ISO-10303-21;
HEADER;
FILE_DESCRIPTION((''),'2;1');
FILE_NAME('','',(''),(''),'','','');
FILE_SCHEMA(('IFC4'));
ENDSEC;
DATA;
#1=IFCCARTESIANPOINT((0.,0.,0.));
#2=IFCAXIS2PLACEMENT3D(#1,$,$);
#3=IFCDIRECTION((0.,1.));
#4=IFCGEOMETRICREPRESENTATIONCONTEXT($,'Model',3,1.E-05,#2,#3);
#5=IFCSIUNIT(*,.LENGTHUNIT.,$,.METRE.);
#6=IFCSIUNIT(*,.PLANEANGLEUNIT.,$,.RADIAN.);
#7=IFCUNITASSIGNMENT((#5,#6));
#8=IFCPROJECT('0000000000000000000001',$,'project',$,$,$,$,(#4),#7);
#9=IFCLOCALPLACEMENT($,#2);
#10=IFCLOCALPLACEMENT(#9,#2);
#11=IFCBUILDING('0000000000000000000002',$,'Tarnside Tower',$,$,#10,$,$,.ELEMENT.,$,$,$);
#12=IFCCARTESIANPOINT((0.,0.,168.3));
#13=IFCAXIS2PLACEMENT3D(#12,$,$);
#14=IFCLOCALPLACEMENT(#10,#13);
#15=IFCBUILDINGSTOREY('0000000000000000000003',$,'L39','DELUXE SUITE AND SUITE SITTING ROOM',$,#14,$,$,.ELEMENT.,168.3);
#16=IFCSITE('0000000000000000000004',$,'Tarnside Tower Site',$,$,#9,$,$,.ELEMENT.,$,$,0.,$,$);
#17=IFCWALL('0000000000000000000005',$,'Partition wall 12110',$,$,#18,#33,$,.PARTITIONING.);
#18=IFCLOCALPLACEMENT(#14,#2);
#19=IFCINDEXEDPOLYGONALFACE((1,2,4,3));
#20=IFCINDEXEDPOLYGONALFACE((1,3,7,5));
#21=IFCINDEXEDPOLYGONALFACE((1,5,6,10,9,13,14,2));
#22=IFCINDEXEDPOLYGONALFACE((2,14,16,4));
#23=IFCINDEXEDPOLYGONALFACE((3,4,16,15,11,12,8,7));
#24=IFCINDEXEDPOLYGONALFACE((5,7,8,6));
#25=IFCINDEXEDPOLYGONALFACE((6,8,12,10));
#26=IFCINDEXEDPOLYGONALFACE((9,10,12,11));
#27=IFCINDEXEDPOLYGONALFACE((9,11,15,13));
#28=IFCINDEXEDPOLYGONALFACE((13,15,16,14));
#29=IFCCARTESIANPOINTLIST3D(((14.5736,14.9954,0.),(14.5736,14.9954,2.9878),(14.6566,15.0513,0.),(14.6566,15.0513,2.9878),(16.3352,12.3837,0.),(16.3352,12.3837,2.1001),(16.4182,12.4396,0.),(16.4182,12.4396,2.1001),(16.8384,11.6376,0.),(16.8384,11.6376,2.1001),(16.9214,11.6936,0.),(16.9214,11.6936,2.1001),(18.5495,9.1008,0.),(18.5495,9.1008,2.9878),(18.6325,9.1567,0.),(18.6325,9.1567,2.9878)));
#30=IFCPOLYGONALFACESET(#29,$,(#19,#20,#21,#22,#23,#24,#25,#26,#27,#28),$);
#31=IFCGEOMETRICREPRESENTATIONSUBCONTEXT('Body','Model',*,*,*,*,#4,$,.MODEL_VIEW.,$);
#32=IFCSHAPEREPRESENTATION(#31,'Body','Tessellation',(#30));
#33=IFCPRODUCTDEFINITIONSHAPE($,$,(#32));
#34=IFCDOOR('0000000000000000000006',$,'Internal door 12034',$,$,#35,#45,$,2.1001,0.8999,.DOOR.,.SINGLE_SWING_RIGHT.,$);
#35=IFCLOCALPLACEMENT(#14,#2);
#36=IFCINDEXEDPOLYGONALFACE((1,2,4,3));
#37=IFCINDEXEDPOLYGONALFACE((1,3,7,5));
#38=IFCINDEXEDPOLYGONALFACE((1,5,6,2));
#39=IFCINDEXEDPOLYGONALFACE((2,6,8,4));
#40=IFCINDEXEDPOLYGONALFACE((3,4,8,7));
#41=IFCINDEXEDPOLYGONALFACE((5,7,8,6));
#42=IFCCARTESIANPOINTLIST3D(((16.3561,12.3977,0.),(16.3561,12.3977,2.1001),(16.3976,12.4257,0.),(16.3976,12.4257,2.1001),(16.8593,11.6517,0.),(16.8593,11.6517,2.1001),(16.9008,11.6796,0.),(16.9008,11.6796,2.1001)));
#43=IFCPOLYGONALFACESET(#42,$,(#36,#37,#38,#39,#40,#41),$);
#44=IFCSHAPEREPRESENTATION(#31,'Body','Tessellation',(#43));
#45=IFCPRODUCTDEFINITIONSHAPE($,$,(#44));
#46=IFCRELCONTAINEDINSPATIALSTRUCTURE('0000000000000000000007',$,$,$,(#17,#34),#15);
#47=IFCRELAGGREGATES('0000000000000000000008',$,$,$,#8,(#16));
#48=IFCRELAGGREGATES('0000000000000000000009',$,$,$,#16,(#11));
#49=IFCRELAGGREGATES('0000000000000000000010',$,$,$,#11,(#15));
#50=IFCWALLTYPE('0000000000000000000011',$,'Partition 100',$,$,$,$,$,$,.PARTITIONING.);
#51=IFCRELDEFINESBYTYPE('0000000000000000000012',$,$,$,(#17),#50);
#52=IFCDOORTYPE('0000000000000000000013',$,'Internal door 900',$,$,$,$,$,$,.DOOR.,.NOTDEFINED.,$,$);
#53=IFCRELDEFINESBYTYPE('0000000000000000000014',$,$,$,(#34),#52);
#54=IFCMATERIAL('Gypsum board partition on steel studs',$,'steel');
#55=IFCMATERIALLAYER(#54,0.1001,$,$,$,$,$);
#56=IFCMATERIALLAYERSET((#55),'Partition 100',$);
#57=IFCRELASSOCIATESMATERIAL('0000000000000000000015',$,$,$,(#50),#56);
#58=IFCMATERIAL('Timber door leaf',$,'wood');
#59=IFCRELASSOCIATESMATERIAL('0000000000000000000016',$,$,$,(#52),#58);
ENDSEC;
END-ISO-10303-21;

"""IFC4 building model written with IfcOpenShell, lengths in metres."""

from ifc_helpers import new_model, si_unit, direction, frame, frame_2d, origin, place, context, subcontext, project, spatial, rectangle, extrude, material, layer, layer_set, type_object, element, fill, save


model = new_model("IFC4")

# Units and contexts
model_context = context("Model", 3, precision=1e-05, world=origin(), true_north=direction((0.0, 1.0)))
body_context = subcontext(model_context, "Body", "Model", "MODEL_VIEW")
ifc_project = project(units=[si_unit("LENGTHUNIT", "METRE"), si_unit("PLANEANGLEUNIT", "RADIAN")], contexts=[model_context])

# Site, building, storey
site_placement = place(None, origin())
site = spatial("IfcSite", under=ifc_project, at=site_placement, Name="Tarnside Tower Site", CompositionType="ELEMENT", RefElevation=0.0)
building_placement = place(site_placement, origin())
building = spatial("IfcBuilding", under=site, at=building_placement, Name="Tarnside Tower", CompositionType="ELEMENT")
storey_placement = place(building_placement, frame((0.0, 0.0, 168.3)))
storey = spatial("IfcBuildingStorey", under=building, at=storey_placement, Name="L39", Description="DELUXE SUITE AND SUITE SITTING ROOM", CompositionType="ELEMENT", Elevation=168.3)

# Shared definitions
ifc_material_1 = material(Name="Gypsum board partition on steel studs", Category="steel")

# Shared definitions
ifc_material_2 = material(Name="Timber door leaf", Category="wood")

# Wall, opening, door
ifc_layer_1 = layer(ifc_material_1, 0.1001)
ifc_layer_set_1 = layer_set([ifc_layer_1], Name="Partition 100")
wall_type_1 = type_object("IfcWallType", Name="Partition 100", PredefinedType="PARTITIONING", material=ifc_layer_set_1)
wall_1_placement = place(storey_placement, frame((18.5911, 9.1287, 0.0), z_axis=(0.0, 0.0, 1.0), x_axis=(-0.559185, 0.829043, 0.0)))
wall_1 = element("IfcWall", 1, at=wall_1_placement, inside=storey, type_object=wall_type_1, Name="Partition wall 12110", PredefinedType="PARTITIONING", context=body_context, shape_type="SweptSolid", body=[
    extrude(rectangle(XDim=7.1101, YDim=0.1001, at=frame_2d((3.5552, 0.0))), origin(), (0.0, 0.0, 1.0), 2.9878),
])
opening_1_placement = place(wall_1_placement, frame((3.0601, 0.0, 0.0)))
opening_1 = element("IfcOpeningElement", 2, at=opening_1_placement, cuts=wall_1, PredefinedType="OPENING", context=body_context, shape_type="SweptSolid", body=[
    extrude(rectangle(XDim=0.8999, YDim=2.1001, at=frame_2d((0.45, 1.05))), frame((0.0, 0.0601, 0.0), z_axis=(0.0, -1.0, 0.0), x_axis=(1.0, 0.0, 0.0)), (0.0, 0.0, 1.0), 0.1201),
])
door_type_1 = type_object("IfcDoorType", Name="Internal door 900", OperationType="NOTDEFINED", PredefinedType="DOOR", material=ifc_material_2)
door_1_placement = place(opening_1_placement, origin())
door_1 = element("IfcDoor", 3, at=door_1_placement, inside=storey, type_object=door_type_1, Name="Internal door 12034", OperationType="SINGLE_SWING_RIGHT", OverallHeight=2.1001, OverallWidth=0.8999, PredefinedType="DOOR", context=body_context, shape_type="SweptSolid", body=[
    extrude(rectangle(XDim=0.8999, YDim=2.1001, at=frame_2d((0.45, 1.05))), frame((0.0, 0.0249, 0.0), z_axis=(0.0, -1.0, 0.0), x_axis=(1.0, 0.0, 0.0)), (0.0, 0.0, 1.0), 0.05),
])
fill(opening_1, door_1)

save(model, "model.ifc")
